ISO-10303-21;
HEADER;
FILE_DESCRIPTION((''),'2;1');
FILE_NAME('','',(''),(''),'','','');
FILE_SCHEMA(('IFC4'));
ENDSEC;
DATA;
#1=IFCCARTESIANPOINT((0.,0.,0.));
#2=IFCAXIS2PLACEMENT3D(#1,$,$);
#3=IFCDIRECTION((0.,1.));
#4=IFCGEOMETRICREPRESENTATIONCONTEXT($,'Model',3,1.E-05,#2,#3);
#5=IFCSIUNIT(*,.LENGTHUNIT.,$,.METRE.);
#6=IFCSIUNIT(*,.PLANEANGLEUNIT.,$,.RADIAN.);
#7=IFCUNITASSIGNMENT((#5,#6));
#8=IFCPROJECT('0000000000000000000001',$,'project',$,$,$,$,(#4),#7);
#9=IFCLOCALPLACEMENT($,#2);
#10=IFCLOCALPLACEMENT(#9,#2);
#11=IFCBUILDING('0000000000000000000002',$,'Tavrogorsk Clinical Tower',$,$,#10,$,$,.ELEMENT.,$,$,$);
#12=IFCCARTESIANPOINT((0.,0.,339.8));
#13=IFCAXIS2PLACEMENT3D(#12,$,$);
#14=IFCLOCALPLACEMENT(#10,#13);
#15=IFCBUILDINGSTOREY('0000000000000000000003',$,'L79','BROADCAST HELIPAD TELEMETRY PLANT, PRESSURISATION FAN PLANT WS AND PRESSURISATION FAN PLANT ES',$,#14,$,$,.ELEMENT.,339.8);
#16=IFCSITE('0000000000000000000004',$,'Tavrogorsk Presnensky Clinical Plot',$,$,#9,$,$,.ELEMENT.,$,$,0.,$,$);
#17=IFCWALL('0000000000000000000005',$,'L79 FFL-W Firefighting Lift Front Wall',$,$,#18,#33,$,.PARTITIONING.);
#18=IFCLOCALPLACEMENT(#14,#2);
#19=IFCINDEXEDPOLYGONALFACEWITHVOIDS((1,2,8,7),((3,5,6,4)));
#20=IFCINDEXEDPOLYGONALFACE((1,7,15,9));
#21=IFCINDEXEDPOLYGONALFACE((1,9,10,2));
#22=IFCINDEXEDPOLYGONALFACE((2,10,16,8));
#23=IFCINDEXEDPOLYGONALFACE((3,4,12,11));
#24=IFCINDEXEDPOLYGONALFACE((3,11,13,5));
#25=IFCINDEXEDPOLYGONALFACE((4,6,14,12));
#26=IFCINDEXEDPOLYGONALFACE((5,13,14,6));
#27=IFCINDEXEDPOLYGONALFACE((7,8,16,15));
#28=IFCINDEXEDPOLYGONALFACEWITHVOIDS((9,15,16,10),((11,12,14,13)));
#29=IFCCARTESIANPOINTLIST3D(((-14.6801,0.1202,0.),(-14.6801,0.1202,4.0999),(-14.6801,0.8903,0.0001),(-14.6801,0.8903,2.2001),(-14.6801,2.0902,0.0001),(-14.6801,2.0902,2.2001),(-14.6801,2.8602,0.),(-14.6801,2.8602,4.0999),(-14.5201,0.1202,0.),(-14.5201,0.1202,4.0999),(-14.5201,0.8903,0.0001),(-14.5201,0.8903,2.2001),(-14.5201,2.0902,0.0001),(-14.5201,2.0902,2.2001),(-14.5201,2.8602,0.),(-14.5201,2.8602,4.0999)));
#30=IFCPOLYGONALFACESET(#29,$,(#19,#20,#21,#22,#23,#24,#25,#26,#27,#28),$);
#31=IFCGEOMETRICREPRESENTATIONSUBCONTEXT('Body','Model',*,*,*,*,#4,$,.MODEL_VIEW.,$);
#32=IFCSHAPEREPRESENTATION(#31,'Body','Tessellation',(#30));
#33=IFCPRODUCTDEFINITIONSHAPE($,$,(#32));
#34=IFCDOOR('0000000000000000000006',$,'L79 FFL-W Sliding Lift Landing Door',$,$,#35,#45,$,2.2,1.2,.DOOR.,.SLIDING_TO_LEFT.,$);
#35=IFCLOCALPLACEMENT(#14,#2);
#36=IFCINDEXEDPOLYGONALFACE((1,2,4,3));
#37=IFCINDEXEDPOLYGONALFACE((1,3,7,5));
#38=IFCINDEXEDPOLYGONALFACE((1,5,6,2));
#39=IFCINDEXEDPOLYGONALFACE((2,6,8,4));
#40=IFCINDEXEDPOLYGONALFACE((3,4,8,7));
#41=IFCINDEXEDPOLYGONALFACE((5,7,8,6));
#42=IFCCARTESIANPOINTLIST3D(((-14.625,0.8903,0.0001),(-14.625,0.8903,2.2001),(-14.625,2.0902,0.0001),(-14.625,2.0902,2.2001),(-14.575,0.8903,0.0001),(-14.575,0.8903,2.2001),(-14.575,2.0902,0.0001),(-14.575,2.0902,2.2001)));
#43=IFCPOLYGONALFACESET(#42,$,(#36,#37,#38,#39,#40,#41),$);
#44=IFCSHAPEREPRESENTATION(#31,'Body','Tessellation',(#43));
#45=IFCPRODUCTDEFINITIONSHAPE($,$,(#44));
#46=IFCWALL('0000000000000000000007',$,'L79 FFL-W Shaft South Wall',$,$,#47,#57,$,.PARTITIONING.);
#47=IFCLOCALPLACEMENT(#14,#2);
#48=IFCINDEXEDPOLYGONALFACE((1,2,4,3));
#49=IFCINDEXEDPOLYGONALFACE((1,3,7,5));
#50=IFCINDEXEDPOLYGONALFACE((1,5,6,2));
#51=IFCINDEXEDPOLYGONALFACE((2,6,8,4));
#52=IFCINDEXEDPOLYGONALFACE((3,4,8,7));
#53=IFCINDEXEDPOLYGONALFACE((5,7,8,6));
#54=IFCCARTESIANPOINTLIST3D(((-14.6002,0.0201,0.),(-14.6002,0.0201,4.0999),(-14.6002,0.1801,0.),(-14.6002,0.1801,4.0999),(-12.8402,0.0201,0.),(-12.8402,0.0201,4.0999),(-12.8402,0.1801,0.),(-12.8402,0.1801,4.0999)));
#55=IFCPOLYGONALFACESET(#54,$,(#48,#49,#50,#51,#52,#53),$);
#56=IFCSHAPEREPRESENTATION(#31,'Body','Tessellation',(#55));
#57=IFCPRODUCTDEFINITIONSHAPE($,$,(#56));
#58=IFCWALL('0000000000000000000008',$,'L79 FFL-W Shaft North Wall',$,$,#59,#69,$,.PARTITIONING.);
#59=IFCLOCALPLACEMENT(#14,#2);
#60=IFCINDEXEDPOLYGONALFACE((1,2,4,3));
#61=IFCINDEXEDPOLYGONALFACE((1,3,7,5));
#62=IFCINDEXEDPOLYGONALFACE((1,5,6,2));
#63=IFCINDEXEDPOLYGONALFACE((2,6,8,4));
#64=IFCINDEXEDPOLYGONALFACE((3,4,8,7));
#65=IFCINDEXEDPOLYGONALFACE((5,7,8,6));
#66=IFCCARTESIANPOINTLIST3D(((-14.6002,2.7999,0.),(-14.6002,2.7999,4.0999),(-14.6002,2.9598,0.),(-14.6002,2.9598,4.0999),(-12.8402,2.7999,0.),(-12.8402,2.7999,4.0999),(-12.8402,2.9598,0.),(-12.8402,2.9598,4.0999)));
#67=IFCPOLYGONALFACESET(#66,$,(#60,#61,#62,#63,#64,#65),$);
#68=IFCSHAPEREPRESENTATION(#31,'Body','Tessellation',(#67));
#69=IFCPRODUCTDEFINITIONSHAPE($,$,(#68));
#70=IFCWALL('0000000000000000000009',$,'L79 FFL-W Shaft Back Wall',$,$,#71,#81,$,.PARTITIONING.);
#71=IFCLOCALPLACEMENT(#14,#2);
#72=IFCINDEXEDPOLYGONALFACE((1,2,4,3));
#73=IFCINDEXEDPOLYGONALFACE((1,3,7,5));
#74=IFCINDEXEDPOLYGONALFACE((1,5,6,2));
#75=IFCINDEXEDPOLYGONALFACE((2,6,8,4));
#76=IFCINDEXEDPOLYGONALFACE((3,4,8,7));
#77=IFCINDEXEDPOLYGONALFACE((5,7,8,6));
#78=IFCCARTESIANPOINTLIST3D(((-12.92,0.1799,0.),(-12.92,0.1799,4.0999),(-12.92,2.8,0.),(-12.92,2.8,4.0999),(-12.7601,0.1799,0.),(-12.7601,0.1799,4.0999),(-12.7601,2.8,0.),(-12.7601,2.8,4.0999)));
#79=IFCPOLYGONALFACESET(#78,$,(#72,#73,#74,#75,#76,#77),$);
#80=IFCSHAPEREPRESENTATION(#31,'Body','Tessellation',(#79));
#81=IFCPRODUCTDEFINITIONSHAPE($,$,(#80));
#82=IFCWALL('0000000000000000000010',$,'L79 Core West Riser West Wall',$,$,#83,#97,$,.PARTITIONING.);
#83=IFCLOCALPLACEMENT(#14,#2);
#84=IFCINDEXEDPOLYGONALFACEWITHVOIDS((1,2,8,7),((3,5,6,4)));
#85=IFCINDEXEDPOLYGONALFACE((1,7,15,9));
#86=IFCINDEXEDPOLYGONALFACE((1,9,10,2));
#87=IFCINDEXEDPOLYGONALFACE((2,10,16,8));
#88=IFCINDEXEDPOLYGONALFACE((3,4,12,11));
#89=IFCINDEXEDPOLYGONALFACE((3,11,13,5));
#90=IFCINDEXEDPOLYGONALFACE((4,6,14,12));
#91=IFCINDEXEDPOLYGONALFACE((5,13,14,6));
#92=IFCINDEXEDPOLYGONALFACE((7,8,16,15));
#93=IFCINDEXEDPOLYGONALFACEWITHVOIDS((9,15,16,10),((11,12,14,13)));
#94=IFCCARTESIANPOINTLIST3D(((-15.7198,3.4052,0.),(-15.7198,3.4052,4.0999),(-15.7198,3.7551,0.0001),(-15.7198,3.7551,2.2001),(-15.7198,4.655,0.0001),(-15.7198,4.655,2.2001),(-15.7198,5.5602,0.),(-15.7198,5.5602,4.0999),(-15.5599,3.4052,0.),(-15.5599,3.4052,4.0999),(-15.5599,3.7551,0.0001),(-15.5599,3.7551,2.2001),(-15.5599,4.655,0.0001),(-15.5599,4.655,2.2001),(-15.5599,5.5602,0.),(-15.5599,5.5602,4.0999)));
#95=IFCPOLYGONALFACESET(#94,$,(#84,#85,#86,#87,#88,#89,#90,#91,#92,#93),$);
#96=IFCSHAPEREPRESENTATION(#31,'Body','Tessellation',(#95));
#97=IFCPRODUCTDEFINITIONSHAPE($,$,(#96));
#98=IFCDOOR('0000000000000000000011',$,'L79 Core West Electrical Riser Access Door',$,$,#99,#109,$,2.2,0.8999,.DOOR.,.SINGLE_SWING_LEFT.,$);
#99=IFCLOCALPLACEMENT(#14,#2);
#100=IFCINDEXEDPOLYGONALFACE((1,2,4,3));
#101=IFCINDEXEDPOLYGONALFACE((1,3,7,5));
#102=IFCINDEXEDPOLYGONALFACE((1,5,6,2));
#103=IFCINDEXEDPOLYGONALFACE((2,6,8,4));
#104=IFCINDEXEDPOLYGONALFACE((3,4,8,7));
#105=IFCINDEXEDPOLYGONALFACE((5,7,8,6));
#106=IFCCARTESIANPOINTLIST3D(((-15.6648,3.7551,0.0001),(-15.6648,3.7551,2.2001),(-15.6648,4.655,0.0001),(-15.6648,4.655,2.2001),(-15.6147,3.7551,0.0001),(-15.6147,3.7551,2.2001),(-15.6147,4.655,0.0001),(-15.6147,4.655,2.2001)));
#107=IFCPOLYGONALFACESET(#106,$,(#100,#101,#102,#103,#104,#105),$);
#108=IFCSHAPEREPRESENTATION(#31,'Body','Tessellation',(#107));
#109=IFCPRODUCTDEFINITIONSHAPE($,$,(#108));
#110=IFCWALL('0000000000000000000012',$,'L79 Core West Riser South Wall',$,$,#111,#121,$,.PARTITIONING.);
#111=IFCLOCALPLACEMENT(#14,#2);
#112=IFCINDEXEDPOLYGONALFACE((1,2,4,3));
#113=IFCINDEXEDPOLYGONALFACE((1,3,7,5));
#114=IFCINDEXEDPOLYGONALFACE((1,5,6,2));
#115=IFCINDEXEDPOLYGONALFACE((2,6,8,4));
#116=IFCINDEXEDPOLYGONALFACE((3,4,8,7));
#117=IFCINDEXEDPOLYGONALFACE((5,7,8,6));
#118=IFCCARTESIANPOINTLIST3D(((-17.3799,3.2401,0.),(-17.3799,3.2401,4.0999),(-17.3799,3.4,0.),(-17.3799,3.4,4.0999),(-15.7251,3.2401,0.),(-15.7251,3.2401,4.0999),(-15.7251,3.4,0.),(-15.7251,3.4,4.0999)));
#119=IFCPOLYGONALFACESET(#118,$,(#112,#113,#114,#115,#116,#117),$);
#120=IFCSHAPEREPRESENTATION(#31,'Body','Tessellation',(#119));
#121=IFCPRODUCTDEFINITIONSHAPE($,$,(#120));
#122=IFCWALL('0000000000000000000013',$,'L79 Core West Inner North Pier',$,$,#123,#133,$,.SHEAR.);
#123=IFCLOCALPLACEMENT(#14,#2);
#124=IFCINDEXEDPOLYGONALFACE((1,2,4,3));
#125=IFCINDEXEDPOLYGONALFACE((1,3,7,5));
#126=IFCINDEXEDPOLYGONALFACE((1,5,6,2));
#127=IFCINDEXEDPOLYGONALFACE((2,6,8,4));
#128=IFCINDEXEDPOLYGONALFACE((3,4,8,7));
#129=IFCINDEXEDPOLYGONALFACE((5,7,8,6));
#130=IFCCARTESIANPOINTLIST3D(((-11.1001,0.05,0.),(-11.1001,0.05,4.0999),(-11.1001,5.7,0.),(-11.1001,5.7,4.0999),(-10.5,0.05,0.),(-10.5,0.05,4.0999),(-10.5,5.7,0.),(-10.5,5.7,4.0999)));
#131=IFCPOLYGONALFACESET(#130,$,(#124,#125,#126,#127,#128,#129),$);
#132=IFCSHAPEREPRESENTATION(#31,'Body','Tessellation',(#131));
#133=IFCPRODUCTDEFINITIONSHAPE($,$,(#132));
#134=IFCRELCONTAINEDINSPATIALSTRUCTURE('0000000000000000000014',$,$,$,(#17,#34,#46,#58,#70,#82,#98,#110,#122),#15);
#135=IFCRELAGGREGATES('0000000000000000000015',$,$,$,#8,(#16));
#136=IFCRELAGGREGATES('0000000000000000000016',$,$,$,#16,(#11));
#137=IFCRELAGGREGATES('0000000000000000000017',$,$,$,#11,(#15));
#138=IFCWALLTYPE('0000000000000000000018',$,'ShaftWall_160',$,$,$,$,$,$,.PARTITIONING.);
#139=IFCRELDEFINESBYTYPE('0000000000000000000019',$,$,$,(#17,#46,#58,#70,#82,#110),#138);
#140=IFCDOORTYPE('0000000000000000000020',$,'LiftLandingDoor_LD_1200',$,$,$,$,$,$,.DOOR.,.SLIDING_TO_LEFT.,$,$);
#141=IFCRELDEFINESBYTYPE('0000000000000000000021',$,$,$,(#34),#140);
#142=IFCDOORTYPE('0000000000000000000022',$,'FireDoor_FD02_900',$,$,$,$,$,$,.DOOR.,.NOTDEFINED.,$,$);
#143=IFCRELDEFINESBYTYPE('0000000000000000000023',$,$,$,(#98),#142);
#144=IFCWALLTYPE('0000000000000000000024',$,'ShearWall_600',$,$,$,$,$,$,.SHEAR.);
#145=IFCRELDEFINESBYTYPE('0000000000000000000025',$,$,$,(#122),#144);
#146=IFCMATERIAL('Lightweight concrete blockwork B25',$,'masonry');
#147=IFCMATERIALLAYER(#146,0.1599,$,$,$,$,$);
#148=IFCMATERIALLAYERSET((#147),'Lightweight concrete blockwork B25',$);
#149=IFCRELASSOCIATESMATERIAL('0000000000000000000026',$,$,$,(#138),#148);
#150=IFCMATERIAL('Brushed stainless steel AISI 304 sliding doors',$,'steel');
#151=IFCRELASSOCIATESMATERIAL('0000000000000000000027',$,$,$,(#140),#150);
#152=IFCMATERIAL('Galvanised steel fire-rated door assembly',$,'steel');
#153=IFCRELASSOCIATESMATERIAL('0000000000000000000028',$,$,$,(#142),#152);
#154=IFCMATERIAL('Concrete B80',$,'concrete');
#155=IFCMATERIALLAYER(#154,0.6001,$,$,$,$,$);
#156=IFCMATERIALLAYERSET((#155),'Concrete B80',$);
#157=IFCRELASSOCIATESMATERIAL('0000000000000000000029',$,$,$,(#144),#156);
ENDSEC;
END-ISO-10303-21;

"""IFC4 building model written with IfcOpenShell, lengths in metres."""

from ifc_helpers import new_model, si_unit, direction, frame, frame_2d, origin, place, context, subcontext, project, spatial, rectangle, extrude, material, layer, layer_set, type_object, element, fill, save


model = new_model("IFC4")

# Units and contexts
model_context = context("Model", 3, precision=1e-05, world=origin(), true_north=direction((0.0, 1.0)))
body_context = subcontext(model_context, "Body", "Model", "MODEL_VIEW")
ifc_project = project(units=[si_unit("LENGTHUNIT", "METRE"), si_unit("PLANEANGLEUNIT", "RADIAN")], contexts=[model_context])

# Site, building, storey
site_placement = place(None, origin())
site = spatial("IfcSite", under=ifc_project, at=site_placement, Name="Tavrogorsk Presnensky Clinical Plot", CompositionType="ELEMENT", RefElevation=0.0)
building_placement = place(site_placement, origin())
building = spatial("IfcBuilding", under=site, at=building_placement, Name="Tavrogorsk Clinical Tower", CompositionType="ELEMENT")
storey_placement = place(building_placement, frame((0.0, 0.0, 339.8)))
storey = spatial("IfcBuildingStorey", under=building, at=storey_placement, Name="L79", Description="BROADCAST HELIPAD TELEMETRY PLANT, PRESSURISATION FAN PLANT WS AND PRESSURISATION FAN PLANT ES", CompositionType="ELEMENT", Elevation=339.8)

# Wall, opening, door
ifc_material_1 = material(Name="Lightweight concrete blockwork B25", Category="masonry")
ifc_layer_1 = layer(ifc_material_1, 0.1599)
ifc_layer_set_1 = layer_set([ifc_layer_1], Name="Lightweight concrete blockwork B25")
wall_type_1 = type_object("IfcWallType", Name="ShaftWall_160", PredefinedType="PARTITIONING", material=ifc_layer_set_1)
wall_1_placement = place(storey_placement, frame((-14.6001, 0.1201, 0.0), z_axis=(0.0, 0.0, 1.0), x_axis=(0.0, 1.0, 0.0)))
wall_1 = element("IfcWall", 1, at=wall_1_placement, inside=storey, type_object=wall_type_1, Name="L79 FFL-W Firefighting Lift Front Wall", PredefinedType="PARTITIONING", context=body_context, shape_type="SweptSolid", body=[
    extrude(rectangle(XDim=2.74, YDim=0.1599, at=frame_2d((1.3701, 0.0))), origin(), (0.0, 0.0, 1.0), 4.0999),
])
opening_1_placement = place(wall_1_placement, frame((0.77, 0.0, 0.0)))
opening_1 = element("IfcOpeningElement", 2, at=opening_1_placement, cuts=wall_1, PredefinedType="OPENING", context=body_context, shape_type="SweptSolid", body=[
    extrude(rectangle(XDim=1.2, YDim=2.2, at=frame_2d((0.6001, 1.1001))), frame((0.0, 0.0898, 0.0), z_axis=(0.0, -1.0, 0.0), x_axis=(1.0, 0.0, 0.0)), (0.0, 0.0, 1.0), 0.1799),
])
ifc_material_2 = material(Name="Brushed stainless steel AISI 304 sliding doors", Category="steel")
door_type_1 = type_object("IfcDoorType", Name="LiftLandingDoor_LD_1200", OperationType="SLIDING_TO_LEFT", PredefinedType="DOOR", material=ifc_material_2)
door_1_placement = place(opening_1_placement, origin())
door_1 = element("IfcDoor", 3, at=door_1_placement, inside=storey, type_object=door_type_1, Name="L79 FFL-W Sliding Lift Landing Door", OperationType="SLIDING_TO_LEFT", OverallHeight=2.2, OverallWidth=1.2, PredefinedType="DOOR", context=body_context, shape_type="SweptSolid", body=[
    extrude(rectangle(XDim=1.2, YDim=2.2, at=frame_2d((0.6001, 1.1001))), frame((0.0, 0.0249, 0.0), z_axis=(0.0, -1.0, 0.0), x_axis=(1.0, 0.0, 0.0)), (0.0, 0.0, 1.0), 0.05),
])
fill(opening_1, door_1)

# Walls
for number, where, z_axis, x_axis, name in (
    (4, (-14.6001, 0.1001, 0.0), (0.0, 0.0, 1.0), (1.0, 0.0, 0.0), "L79 FFL-W Shaft South Wall"),
    (5, (-14.6001, 2.8799, 0.0), (0.0, 0.0, 1.0), (1.0, 0.0, 0.0), "L79 FFL-W Shaft North Wall"),
):
    element("IfcWall", number, at=place(storey_placement, frame(where, z_axis=z_axis, x_axis=x_axis)), inside=storey, type_object=wall_type_1, Name=name, PredefinedType="PARTITIONING", context=body_context, shape_type="SweptSolid", body=[
        extrude(rectangle(XDim=1.76, YDim=0.1599, at=frame_2d((0.8799, 0.0))), origin(), (0.0, 0.0, 1.0), 4.0999),
    ])
wall_2_placement = place(storey_placement, frame((-12.8401, 0.1799, 0.0), z_axis=(0.0, 0.0, 1.0), x_axis=(0.0, 1.0, 0.0)))
element("IfcWall", 6, at=wall_2_placement, inside=storey, type_object=wall_type_1, Name="L79 FFL-W Shaft Back Wall", PredefinedType="PARTITIONING", context=body_context, shape_type="SweptSolid", body=[
    extrude(rectangle(XDim=2.6201, YDim=0.1599, at=frame_2d((1.3101, 0.0))), origin(), (0.0, 0.0, 1.0), 4.0999),
])

# Wall, opening, door
wall_3_placement = place(storey_placement, frame((-15.6399, 3.405, 0.0), z_axis=(0.0, 0.0, 1.0), x_axis=(0.0, 1.0, 0.0)))
wall_3 = element("IfcWall", 7, at=wall_3_placement, inside=storey, type_object=wall_type_1, Name="L79 Core West Riser West Wall", PredefinedType="PARTITIONING", context=body_context, shape_type="SweptSolid", body=[
    extrude(rectangle(XDim=2.155, YDim=0.1599, at=frame_2d((1.0776, 0.0))), origin(), (0.0, 0.0, 1.0), 4.0999),
])
opening_2_placement = place(wall_3_placement, frame((0.3501, 0.0, 0.0)))
opening_2 = element("IfcOpeningElement", 8, at=opening_2_placement, cuts=wall_3, PredefinedType="OPENING", context=body_context, shape_type="SweptSolid", body=[
    extrude(rectangle(XDim=0.8999, YDim=2.2, at=frame_2d((0.45, 1.1001))), frame((0.0, 0.0898, 0.0), z_axis=(0.0, -1.0, 0.0), x_axis=(1.0, 0.0, 0.0)), (0.0, 0.0, 1.0), 0.1799),
])
ifc_material_3 = material(Name="Galvanised steel fire-rated door assembly", Category="steel")
door_type_2 = type_object("IfcDoorType", Name="FireDoor_FD02_900", OperationType="NOTDEFINED", PredefinedType="DOOR", material=ifc_material_3)
door_2_placement = place(opening_2_placement, origin())
door_2 = element("IfcDoor", 9, at=door_2_placement, inside=storey, type_object=door_type_2, Name="L79 Core West Electrical Riser Access Door", OperationType="SINGLE_SWING_LEFT", OverallHeight=2.2, OverallWidth=0.8999, PredefinedType="DOOR", context=body_context, shape_type="SweptSolid", body=[
    extrude(rectangle(XDim=0.8999, YDim=2.2, at=frame_2d((0.45, 1.1001))), frame((0.0, 0.0249, 0.0), z_axis=(0.0, -1.0, 0.0), x_axis=(1.0, 0.0, 0.0)), (0.0, 0.0, 1.0), 0.05),
])
fill(opening_2, door_2)

# Walls
wall_4_placement = place(storey_placement, frame((-17.3799, 3.3201, 0.0), z_axis=(0.0, 0.0, 1.0), x_axis=(1.0, 0.0, 0.0)))
element("IfcWall", 10, at=wall_4_placement, inside=storey, type_object=wall_type_1, Name="L79 Core West Riser South Wall", PredefinedType="PARTITIONING", context=body_context, shape_type="SweptSolid", body=[
    extrude(rectangle(XDim=1.6548, YDim=0.1599, at=frame_2d((0.8274, 0.0))), origin(), (0.0, 0.0, 1.0), 4.0999),
])
ifc_material_4 = material(Name="Concrete B80", Category="concrete")
ifc_layer_2 = layer(ifc_material_4, 0.6001)
ifc_layer_set_2 = layer_set([ifc_layer_2], Name="Concrete B80")
wall_type_2 = type_object("IfcWallType", Name="ShearWall_600", PredefinedType="SHEAR", material=ifc_layer_set_2)
wall_5_placement = place(storey_placement, frame((-10.8, 0.05, 0.0), z_axis=(0.0, 0.0, 1.0), x_axis=(0.0, 1.0, 0.0)))
element("IfcWall", 11, at=wall_5_placement, inside=storey, type_object=wall_type_2, Name="L79 Core West Inner North Pier", PredefinedType="SHEAR", context=body_context, shape_type="SweptSolid", body=[
    extrude(rectangle(XDim=5.6499, YDim=0.6001, at=frame_2d((2.825, 0.0))), origin(), (0.0, 0.0, 1.0), 4.0999),
])

save(model, "model.ifc")
